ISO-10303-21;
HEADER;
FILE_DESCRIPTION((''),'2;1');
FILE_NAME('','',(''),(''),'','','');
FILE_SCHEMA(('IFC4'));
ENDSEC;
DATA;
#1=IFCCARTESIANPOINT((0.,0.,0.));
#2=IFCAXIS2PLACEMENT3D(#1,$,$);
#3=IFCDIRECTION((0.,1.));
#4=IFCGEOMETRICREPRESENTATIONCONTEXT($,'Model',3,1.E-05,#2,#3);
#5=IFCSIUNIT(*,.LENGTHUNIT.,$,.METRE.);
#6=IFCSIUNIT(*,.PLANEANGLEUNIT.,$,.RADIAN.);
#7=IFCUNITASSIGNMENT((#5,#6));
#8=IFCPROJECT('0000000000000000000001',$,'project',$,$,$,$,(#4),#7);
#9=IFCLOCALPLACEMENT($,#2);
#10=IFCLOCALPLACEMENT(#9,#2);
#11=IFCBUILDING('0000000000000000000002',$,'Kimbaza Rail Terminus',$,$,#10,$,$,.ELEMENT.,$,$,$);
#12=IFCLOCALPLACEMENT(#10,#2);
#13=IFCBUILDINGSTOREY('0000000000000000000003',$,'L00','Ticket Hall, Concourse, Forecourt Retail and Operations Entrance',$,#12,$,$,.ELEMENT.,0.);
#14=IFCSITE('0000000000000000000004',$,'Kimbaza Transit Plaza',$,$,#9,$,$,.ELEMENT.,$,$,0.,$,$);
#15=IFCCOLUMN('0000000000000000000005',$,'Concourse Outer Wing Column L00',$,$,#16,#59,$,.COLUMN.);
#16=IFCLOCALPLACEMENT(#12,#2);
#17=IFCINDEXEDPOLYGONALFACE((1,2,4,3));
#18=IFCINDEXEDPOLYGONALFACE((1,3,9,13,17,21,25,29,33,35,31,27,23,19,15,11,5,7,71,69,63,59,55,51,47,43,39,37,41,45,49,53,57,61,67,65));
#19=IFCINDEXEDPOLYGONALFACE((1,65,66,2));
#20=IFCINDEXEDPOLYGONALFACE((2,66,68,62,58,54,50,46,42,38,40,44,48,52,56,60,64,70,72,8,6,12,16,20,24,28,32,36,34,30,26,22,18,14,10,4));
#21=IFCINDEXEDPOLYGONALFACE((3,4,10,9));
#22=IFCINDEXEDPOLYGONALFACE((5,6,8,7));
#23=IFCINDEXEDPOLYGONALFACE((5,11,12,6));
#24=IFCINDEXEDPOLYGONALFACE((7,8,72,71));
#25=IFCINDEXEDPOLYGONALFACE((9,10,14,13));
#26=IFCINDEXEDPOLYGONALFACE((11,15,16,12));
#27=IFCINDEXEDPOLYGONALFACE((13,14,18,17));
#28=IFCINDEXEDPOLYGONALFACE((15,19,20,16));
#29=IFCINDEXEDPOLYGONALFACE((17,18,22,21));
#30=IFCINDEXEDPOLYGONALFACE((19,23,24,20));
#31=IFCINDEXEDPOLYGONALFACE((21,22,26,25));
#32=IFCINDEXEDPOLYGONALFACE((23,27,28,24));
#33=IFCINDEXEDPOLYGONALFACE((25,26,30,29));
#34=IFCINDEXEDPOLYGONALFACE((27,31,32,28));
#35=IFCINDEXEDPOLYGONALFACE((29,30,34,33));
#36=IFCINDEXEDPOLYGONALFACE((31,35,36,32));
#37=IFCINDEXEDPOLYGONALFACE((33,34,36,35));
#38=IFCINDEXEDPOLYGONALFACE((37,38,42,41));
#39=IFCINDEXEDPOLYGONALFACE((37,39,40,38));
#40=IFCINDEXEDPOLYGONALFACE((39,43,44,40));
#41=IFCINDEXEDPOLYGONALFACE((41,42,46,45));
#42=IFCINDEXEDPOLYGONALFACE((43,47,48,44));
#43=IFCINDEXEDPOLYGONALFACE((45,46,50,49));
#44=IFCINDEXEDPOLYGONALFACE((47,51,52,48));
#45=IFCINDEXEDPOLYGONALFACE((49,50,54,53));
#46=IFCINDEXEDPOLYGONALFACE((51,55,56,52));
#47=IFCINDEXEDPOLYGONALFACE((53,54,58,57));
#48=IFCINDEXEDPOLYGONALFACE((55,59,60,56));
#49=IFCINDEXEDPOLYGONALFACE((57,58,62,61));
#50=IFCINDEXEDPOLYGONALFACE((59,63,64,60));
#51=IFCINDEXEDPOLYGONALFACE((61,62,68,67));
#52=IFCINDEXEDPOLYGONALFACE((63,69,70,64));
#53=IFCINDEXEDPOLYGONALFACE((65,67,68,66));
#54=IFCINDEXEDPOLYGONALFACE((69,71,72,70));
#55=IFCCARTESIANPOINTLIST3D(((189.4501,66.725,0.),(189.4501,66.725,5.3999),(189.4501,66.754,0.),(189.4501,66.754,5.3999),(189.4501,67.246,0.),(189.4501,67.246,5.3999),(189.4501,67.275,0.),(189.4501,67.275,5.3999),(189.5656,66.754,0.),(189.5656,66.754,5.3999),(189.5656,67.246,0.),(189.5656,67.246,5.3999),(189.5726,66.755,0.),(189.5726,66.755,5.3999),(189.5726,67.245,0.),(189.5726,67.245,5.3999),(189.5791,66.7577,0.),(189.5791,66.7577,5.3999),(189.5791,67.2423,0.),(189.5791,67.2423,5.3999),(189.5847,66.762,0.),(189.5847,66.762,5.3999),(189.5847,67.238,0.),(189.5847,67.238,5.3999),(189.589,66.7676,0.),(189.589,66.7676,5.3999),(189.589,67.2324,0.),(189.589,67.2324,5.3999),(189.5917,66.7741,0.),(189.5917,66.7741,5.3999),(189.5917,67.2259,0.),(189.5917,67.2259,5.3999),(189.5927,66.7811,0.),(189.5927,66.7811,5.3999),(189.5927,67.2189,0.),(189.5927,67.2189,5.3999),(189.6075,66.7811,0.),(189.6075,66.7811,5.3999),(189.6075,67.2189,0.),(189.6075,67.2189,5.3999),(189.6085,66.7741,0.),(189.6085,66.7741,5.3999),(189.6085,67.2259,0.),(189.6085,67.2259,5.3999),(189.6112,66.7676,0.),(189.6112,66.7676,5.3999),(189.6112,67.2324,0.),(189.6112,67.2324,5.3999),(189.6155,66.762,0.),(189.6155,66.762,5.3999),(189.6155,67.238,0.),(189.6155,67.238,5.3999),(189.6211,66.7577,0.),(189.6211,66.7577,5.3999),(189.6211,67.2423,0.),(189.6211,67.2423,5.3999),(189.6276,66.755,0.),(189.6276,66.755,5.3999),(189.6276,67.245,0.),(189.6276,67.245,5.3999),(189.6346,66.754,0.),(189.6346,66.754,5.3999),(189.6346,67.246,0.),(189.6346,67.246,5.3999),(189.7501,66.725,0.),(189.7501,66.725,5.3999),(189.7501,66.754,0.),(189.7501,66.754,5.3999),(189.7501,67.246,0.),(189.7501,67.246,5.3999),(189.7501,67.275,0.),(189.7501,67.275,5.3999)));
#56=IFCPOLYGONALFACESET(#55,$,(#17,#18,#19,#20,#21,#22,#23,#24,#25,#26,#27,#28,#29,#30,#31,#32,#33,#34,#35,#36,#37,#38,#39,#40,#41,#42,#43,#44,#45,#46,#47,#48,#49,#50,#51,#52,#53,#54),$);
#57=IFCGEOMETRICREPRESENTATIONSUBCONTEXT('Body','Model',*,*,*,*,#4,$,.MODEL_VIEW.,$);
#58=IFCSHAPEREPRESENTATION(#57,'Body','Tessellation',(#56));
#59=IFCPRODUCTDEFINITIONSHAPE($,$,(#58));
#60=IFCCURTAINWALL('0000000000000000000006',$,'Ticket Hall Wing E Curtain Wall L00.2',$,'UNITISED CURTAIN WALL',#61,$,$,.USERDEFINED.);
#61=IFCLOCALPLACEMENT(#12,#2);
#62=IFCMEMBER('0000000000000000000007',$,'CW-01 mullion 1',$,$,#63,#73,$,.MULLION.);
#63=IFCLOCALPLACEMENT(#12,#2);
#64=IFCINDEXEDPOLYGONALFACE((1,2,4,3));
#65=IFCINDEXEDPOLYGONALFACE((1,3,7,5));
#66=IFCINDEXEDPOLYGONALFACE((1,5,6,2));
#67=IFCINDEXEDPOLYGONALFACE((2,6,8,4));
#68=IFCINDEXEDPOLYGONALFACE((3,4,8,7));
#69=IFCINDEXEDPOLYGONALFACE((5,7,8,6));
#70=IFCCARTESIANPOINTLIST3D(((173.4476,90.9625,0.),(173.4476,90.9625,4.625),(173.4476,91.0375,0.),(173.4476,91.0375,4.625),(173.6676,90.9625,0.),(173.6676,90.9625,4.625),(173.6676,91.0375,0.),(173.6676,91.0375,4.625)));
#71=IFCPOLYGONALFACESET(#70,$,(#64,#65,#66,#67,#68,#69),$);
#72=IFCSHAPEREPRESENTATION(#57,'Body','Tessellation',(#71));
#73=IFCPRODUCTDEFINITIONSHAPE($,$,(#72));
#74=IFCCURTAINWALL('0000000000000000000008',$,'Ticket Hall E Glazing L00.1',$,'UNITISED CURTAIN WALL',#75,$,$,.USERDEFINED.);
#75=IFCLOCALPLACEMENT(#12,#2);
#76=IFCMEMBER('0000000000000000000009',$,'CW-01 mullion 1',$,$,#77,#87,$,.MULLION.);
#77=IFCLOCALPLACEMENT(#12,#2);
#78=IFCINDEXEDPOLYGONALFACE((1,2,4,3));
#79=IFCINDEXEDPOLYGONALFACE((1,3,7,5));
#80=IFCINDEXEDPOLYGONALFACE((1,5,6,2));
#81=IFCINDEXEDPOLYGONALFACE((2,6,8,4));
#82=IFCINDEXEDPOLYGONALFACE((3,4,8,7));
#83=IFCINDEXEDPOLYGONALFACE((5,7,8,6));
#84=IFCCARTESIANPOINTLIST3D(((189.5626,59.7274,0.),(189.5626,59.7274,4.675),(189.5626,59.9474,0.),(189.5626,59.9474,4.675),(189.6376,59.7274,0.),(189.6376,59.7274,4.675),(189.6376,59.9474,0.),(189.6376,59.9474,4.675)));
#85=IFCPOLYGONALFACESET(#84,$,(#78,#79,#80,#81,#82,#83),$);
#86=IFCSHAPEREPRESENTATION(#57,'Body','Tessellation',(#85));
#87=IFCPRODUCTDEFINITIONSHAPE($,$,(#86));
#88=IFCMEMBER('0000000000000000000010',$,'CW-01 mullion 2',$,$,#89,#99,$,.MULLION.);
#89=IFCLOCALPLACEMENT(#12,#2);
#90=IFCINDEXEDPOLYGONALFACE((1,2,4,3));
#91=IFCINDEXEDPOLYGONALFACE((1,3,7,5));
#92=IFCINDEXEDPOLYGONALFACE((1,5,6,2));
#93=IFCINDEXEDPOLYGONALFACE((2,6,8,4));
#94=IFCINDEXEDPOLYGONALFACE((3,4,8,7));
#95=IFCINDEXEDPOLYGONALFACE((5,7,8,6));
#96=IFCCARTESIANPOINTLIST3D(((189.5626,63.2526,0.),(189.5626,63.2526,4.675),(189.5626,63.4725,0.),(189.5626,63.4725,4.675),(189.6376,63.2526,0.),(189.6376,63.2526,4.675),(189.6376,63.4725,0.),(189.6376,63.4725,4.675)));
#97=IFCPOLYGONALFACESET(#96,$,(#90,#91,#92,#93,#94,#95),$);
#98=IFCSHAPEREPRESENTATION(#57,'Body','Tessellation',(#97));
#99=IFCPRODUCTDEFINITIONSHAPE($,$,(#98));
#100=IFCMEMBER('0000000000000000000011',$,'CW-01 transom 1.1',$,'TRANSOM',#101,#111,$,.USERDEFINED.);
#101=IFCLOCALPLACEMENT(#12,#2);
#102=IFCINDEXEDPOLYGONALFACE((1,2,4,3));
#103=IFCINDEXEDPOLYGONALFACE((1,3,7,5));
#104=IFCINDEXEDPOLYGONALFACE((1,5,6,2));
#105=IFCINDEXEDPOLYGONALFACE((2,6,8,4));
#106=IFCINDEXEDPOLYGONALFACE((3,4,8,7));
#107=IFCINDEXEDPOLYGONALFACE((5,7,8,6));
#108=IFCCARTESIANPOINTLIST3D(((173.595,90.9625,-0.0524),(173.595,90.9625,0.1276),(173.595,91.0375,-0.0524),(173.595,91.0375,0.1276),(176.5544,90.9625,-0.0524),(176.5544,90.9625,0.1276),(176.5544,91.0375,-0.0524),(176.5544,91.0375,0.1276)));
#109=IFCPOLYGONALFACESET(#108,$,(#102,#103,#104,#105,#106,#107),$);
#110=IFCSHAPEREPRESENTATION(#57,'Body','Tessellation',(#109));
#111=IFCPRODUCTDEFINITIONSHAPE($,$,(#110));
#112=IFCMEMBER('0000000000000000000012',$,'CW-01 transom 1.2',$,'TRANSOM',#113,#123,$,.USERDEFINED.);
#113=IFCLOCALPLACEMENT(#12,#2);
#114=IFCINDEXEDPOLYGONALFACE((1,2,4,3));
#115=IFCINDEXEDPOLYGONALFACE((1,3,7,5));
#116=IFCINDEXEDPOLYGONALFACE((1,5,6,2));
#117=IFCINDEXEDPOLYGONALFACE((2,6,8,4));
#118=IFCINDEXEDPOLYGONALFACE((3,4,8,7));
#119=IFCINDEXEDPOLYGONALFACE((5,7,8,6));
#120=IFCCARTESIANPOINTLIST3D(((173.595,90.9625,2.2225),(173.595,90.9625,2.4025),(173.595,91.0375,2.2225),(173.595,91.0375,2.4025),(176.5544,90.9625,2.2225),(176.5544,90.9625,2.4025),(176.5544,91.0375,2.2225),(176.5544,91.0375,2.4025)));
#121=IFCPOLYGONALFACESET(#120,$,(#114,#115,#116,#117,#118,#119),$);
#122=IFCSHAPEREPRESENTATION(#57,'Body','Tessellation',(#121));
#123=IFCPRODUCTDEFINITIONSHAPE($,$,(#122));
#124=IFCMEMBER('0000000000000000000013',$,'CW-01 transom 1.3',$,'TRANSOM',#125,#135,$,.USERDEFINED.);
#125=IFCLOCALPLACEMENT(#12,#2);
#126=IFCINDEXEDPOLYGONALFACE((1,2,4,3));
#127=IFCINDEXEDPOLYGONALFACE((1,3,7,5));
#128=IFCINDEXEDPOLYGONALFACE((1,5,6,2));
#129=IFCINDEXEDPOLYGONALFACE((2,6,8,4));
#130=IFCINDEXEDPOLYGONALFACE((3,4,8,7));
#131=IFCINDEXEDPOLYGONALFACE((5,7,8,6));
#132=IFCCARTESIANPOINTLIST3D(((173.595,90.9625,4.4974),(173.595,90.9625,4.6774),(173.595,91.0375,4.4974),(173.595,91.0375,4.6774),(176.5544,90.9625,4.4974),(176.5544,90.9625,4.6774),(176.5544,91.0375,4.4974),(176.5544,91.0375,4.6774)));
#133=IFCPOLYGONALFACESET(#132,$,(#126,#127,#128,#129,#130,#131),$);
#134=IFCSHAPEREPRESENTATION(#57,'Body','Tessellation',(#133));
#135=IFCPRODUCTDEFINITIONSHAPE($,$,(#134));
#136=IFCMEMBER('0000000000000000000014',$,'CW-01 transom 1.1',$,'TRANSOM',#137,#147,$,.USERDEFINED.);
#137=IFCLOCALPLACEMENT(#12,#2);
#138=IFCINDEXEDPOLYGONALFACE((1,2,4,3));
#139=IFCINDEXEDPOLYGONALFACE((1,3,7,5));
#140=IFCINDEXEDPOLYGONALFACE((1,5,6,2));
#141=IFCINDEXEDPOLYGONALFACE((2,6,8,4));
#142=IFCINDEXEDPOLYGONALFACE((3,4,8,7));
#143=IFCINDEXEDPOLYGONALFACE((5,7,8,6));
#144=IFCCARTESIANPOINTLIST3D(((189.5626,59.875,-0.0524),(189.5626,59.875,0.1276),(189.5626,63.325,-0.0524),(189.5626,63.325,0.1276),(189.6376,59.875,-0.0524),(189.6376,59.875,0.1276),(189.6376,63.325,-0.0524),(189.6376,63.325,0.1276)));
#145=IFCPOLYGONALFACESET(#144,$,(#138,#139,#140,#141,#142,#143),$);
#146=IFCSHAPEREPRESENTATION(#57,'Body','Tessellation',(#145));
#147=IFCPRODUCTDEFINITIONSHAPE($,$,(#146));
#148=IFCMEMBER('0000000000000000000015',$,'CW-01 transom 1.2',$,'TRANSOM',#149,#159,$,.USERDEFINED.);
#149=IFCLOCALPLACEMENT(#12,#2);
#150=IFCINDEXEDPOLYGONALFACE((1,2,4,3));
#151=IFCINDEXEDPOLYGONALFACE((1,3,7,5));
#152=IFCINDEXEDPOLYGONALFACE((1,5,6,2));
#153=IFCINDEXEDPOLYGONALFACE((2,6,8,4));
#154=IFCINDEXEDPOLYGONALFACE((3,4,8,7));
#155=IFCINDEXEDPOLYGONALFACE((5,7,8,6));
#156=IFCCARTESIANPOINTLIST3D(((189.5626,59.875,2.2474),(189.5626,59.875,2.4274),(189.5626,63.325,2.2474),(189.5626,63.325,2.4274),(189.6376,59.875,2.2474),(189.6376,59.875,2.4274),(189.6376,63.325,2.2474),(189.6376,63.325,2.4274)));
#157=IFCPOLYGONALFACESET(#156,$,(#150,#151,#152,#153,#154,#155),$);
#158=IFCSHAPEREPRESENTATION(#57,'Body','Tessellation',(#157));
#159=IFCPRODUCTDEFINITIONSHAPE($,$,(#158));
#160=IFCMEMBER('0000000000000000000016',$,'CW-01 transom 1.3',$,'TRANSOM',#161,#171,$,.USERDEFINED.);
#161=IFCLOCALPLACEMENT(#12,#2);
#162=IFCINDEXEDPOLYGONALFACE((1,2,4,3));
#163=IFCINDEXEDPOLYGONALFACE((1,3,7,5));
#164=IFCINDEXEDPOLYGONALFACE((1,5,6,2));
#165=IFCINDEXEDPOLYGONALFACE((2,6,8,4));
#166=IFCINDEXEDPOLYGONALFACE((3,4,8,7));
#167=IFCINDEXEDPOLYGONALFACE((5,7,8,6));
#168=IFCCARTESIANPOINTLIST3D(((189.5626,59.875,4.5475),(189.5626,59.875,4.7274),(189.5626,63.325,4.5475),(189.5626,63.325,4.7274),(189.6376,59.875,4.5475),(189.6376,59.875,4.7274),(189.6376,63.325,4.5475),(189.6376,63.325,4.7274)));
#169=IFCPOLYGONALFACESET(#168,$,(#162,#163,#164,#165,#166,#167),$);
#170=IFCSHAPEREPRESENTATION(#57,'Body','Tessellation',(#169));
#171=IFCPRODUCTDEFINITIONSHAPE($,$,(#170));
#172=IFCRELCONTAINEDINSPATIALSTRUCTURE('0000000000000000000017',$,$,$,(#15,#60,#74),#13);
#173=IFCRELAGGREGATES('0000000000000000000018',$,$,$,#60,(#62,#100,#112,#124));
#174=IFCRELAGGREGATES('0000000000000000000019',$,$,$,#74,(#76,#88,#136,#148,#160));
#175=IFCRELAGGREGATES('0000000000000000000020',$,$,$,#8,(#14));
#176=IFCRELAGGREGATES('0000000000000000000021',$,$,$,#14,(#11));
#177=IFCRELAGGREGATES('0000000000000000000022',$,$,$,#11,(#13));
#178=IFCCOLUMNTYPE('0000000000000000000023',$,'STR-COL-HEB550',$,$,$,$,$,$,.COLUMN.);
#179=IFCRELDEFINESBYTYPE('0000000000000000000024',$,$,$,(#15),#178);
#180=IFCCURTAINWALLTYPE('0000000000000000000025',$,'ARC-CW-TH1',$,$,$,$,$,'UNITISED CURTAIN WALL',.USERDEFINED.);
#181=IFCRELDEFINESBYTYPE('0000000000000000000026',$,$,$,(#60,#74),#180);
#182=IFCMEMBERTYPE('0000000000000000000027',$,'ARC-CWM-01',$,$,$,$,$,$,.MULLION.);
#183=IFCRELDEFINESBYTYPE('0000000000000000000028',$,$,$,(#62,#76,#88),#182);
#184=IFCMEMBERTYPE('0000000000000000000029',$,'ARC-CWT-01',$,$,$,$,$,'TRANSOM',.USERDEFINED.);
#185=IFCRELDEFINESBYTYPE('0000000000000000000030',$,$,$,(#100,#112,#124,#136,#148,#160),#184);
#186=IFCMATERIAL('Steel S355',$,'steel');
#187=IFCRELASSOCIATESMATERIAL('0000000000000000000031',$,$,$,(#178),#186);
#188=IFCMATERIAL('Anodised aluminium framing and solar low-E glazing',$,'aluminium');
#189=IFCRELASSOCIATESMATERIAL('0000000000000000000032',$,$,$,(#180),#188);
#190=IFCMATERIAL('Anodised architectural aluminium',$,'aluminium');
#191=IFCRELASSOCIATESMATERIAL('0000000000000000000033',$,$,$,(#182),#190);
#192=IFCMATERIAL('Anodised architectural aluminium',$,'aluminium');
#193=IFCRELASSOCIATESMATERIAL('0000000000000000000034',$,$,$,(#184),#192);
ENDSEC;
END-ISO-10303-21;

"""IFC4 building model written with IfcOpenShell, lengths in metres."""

from ifc_helpers import new_model, si_unit, direction, frame, origin, origin_2d, place, context, subcontext, project, spatial, rectangle, i_section, extrude, material, material_profile, profile_set, type_object, element, aggregate, save


model = new_model("IFC4")

# Units and contexts
model_context = context("Model", 3, precision=1e-05, world=origin(), true_north=direction((0.0, 1.0)))
body_context = subcontext(model_context, "Body", "Model", "MODEL_VIEW")
ifc_project = project(units=[si_unit("LENGTHUNIT", "METRE"), si_unit("PLANEANGLEUNIT", "RADIAN")], contexts=[model_context])

# Site, building, storey
site_placement = place(None, origin())
site = spatial("IfcSite", under=ifc_project, at=site_placement, Name="Kimbaza Transit Plaza", CompositionType="ELEMENT", RefElevation=0.0)
building_placement = place(site_placement, origin())
building = spatial("IfcBuilding", under=site, at=building_placement, Name="Kimbaza Rail Terminus", CompositionType="ELEMENT")
storey_placement = place(building_placement, origin())
storey = spatial("IfcBuildingStorey", under=building, at=storey_placement, Name="L00", Description="Ticket Hall, Concourse, Forecourt Retail and Operations Entrance", CompositionType="ELEMENT", Elevation=0.0)

# Column
ifc_material_1 = material(Name="Steel S355", Category="steel")
ifc_material_profile_1 = material_profile(ifc_material_1, i_section(OverallWidth=0.3, OverallDepth=0.55, WebThickness=0.0149, FlangeThickness=0.0291, FilletRadius=0.0271, at=origin_2d()), Name="HEB 550")
ifc_profile_set_1 = profile_set([ifc_material_profile_1], Name="Steel S355")
column_type = type_object("IfcColumnType", Name="STR-COL-HEB550", PredefinedType="COLUMN", material=ifc_profile_set_1)
column_placement = place(storey_placement, frame((189.6001, 67.0, 0.0), z_axis=(0.0, 0.0, 1.0), x_axis=(1.0, 0.0, 0.0)))
element("IfcColumn", 1, at=column_placement, inside=storey, type_object=column_type, Name="Concourse Outer Wing Column L00", PredefinedType="COLUMN", context=body_context, shape_type="SweptSolid", body=[
    extrude(i_section(OverallWidth=0.3, OverallDepth=0.55, WebThickness=0.0149, FlangeThickness=0.0291, FilletRadius=0.0271, at=origin_2d()), origin(), (0.0, 0.0, 1.0), 5.3999),
])

# Curtain wall, member
ifc_material_2 = material(Name="Anodised aluminium framing and solar low-E glazing", Category="aluminium")
curtain_wall_type = type_object("IfcCurtainWallType", Name="ARC-CW-TH1", ElementType="UNITISED CURTAIN WALL", PredefinedType="USERDEFINED", material=ifc_material_2)
curtain_wall_1_placement = place(storey_placement, origin())
curtain_wall_1 = element("IfcCurtainWall", 2, at=curtain_wall_1_placement, inside=storey, type_object=curtain_wall_type, Name="Ticket Hall Wing E Curtain Wall L00.2", ObjectType="UNITISED CURTAIN WALL", PredefinedType="USERDEFINED")
ifc_material_3 = material(Name="Anodised architectural aluminium", Category="aluminium")
ifc_material_profile_2 = material_profile(ifc_material_3, rectangle(XDim=0.075, YDim=0.22, at=origin_2d()), Name="MULLION 75x220")
ifc_profile_set_2 = profile_set([ifc_material_profile_2], Name="Anodised architectural aluminium")
member_type_1 = type_object("IfcMemberType", Name="ARC-CWM-01", PredefinedType="MULLION", material=ifc_profile_set_2)
member_1_placement = place(storey_placement, frame((173.5576, 91.0, 0.0), z_axis=(0.0, 0.0, 1.0), x_axis=(0.0, 1.0, 0.0)))
member_1 = element("IfcMember", 3, at=member_1_placement, type_object=member_type_1, Name="CW-01 mullion 1", PredefinedType="MULLION", context=body_context, shape_type="SweptSolid", body=[
    extrude(rectangle(XDim=0.075, YDim=0.22, at=origin_2d()), origin(), (0.0, 0.0, 1.0), 4.625),
])

# Curtain wall, members
curtain_wall_2_placement = place(storey_placement, origin())
curtain_wall_2 = element("IfcCurtainWall", 4, at=curtain_wall_2_placement, inside=storey, type_object=curtain_wall_type, Name="Ticket Hall E Glazing L00.1", ObjectType="UNITISED CURTAIN WALL", PredefinedType="USERDEFINED")
member_2_placement = place(storey_placement, frame((189.6001, 59.8374, 0.0), z_axis=(0.0, 0.0, 1.0), x_axis=(-1.0, 0.0, 0.0)))
member_2 = element("IfcMember", 5, at=member_2_placement, type_object=member_type_1, Name="CW-01 mullion 1", PredefinedType="MULLION", context=body_context, shape_type="SweptSolid", body=[
    extrude(rectangle(XDim=0.075, YDim=0.22, at=origin_2d()), origin(), (0.0, 0.0, 1.0), 4.675),
])
member_3_placement = place(storey_placement, frame((189.6001, 63.3625, 0.0), z_axis=(0.0, 0.0, 1.0), x_axis=(-1.0, 0.0, 0.0)))
member_3 = element("IfcMember", 6, at=member_3_placement, type_object=member_type_1, Name="CW-01 mullion 2", PredefinedType="MULLION", context=body_context, shape_type="SweptSolid", body=[
    extrude(rectangle(XDim=0.075, YDim=0.22, at=origin_2d()), origin(), (0.0, 0.0, 1.0), 4.675),
])

# Members
ifc_material_4 = material(Name="Anodised architectural aluminium", Category="aluminium")
ifc_material_profile_3 = material_profile(ifc_material_4, rectangle(XDim=0.075, YDim=0.1799, at=origin_2d()), Name="TRANSOM 75x180")
ifc_profile_set_3 = profile_set([ifc_material_profile_3], Name="Anodised architectural aluminium")
member_type_2 = type_object("IfcMemberType", Name="ARC-CWT-01", ElementType="TRANSOM", PredefinedType="USERDEFINED", material=ifc_profile_set_3)
member_4_placement = place(storey_placement, frame((173.595, 91.0, 0.0376), z_axis=(1.0, 0.0, 0.0), x_axis=(0.0, 1.0, 0.0)))
member_4 = element("IfcMember", 7, at=member_4_placement, type_object=member_type_2, Name="CW-01 transom 1.1", ObjectType="TRANSOM", PredefinedType="USERDEFINED", context=body_context, shape_type="SweptSolid", body=[
    extrude(rectangle(XDim=0.075, YDim=0.1799, at=origin_2d()), origin(), (0.0, 0.0, 1.0), 2.9595),
])
member_5_placement = place(storey_placement, frame((173.595, 91.0, 2.3125), z_axis=(1.0, 0.0, 0.0), x_axis=(0.0, 1.0, 0.0)))
member_5 = element("IfcMember", 8, at=member_5_placement, type_object=member_type_2, Name="CW-01 transom 1.2", ObjectType="TRANSOM", PredefinedType="USERDEFINED", context=body_context, shape_type="SweptSolid", body=[
    extrude(rectangle(XDim=0.075, YDim=0.1799, at=origin_2d()), origin(), (0.0, 0.0, 1.0), 2.9595),
])
member_6_placement = place(storey_placement, frame((173.595, 91.0, 4.5874), z_axis=(1.0, 0.0, 0.0), x_axis=(0.0, 1.0, 0.0)))
member_6 = element("IfcMember", 9, at=member_6_placement, type_object=member_type_2, Name="CW-01 transom 1.3", ObjectType="TRANSOM", PredefinedType="USERDEFINED", context=body_context, shape_type="SweptSolid", body=[
    extrude(rectangle(XDim=0.075, YDim=0.1799, at=origin_2d()), origin(), (0.0, 0.0, 1.0), 2.9595),
])
member_7_placement = place(storey_placement, frame((189.6001, 59.875, 0.0376), z_axis=(0.0, 1.0, 0.0), x_axis=(-1.0, 0.0, 0.0)))
member_7 = element("IfcMember", 10, at=member_7_placement, type_object=member_type_2, Name="CW-01 transom 1.1", ObjectType="TRANSOM", PredefinedType="USERDEFINED", context=body_context, shape_type="SweptSolid", body=[
    extrude(rectangle(XDim=0.075, YDim=0.1799, at=origin_2d()), origin(), (0.0, 0.0, 1.0), 3.45),
])
member_8_placement = place(storey_placement, frame((189.6001, 59.875, 2.3374), z_axis=(0.0, 1.0, 0.0), x_axis=(-1.0, 0.0, 0.0)))
member_8 = element("IfcMember", 11, at=member_8_placement, type_object=member_type_2, Name="CW-01 transom 1.2", ObjectType="TRANSOM", PredefinedType="USERDEFINED", context=body_context, shape_type="SweptSolid", body=[
    extrude(rectangle(XDim=0.075, YDim=0.1799, at=origin_2d()), origin(), (0.0, 0.0, 1.0), 3.45),
])
member_9_placement = place(storey_placement, frame((189.6001, 59.875, 4.6375), z_axis=(0.0, 1.0, 0.0), x_axis=(-1.0, 0.0, 0.0)))
member_9 = element("IfcMember", 12, at=member_9_placement, type_object=member_type_2, Name="CW-01 transom 1.3", ObjectType="TRANSOM", PredefinedType="USERDEFINED", context=body_context, shape_type="SweptSolid", body=[
    extrude(rectangle(XDim=0.075, YDim=0.1799, at=origin_2d()), origin(), (0.0, 0.0, 1.0), 3.45),
])

aggregate(curtain_wall_1, [member_1, member_4, member_5, member_6])
aggregate(curtain_wall_2, [member_2, member_3, member_7, member_8, member_9])

save(model, "model.ifc")
